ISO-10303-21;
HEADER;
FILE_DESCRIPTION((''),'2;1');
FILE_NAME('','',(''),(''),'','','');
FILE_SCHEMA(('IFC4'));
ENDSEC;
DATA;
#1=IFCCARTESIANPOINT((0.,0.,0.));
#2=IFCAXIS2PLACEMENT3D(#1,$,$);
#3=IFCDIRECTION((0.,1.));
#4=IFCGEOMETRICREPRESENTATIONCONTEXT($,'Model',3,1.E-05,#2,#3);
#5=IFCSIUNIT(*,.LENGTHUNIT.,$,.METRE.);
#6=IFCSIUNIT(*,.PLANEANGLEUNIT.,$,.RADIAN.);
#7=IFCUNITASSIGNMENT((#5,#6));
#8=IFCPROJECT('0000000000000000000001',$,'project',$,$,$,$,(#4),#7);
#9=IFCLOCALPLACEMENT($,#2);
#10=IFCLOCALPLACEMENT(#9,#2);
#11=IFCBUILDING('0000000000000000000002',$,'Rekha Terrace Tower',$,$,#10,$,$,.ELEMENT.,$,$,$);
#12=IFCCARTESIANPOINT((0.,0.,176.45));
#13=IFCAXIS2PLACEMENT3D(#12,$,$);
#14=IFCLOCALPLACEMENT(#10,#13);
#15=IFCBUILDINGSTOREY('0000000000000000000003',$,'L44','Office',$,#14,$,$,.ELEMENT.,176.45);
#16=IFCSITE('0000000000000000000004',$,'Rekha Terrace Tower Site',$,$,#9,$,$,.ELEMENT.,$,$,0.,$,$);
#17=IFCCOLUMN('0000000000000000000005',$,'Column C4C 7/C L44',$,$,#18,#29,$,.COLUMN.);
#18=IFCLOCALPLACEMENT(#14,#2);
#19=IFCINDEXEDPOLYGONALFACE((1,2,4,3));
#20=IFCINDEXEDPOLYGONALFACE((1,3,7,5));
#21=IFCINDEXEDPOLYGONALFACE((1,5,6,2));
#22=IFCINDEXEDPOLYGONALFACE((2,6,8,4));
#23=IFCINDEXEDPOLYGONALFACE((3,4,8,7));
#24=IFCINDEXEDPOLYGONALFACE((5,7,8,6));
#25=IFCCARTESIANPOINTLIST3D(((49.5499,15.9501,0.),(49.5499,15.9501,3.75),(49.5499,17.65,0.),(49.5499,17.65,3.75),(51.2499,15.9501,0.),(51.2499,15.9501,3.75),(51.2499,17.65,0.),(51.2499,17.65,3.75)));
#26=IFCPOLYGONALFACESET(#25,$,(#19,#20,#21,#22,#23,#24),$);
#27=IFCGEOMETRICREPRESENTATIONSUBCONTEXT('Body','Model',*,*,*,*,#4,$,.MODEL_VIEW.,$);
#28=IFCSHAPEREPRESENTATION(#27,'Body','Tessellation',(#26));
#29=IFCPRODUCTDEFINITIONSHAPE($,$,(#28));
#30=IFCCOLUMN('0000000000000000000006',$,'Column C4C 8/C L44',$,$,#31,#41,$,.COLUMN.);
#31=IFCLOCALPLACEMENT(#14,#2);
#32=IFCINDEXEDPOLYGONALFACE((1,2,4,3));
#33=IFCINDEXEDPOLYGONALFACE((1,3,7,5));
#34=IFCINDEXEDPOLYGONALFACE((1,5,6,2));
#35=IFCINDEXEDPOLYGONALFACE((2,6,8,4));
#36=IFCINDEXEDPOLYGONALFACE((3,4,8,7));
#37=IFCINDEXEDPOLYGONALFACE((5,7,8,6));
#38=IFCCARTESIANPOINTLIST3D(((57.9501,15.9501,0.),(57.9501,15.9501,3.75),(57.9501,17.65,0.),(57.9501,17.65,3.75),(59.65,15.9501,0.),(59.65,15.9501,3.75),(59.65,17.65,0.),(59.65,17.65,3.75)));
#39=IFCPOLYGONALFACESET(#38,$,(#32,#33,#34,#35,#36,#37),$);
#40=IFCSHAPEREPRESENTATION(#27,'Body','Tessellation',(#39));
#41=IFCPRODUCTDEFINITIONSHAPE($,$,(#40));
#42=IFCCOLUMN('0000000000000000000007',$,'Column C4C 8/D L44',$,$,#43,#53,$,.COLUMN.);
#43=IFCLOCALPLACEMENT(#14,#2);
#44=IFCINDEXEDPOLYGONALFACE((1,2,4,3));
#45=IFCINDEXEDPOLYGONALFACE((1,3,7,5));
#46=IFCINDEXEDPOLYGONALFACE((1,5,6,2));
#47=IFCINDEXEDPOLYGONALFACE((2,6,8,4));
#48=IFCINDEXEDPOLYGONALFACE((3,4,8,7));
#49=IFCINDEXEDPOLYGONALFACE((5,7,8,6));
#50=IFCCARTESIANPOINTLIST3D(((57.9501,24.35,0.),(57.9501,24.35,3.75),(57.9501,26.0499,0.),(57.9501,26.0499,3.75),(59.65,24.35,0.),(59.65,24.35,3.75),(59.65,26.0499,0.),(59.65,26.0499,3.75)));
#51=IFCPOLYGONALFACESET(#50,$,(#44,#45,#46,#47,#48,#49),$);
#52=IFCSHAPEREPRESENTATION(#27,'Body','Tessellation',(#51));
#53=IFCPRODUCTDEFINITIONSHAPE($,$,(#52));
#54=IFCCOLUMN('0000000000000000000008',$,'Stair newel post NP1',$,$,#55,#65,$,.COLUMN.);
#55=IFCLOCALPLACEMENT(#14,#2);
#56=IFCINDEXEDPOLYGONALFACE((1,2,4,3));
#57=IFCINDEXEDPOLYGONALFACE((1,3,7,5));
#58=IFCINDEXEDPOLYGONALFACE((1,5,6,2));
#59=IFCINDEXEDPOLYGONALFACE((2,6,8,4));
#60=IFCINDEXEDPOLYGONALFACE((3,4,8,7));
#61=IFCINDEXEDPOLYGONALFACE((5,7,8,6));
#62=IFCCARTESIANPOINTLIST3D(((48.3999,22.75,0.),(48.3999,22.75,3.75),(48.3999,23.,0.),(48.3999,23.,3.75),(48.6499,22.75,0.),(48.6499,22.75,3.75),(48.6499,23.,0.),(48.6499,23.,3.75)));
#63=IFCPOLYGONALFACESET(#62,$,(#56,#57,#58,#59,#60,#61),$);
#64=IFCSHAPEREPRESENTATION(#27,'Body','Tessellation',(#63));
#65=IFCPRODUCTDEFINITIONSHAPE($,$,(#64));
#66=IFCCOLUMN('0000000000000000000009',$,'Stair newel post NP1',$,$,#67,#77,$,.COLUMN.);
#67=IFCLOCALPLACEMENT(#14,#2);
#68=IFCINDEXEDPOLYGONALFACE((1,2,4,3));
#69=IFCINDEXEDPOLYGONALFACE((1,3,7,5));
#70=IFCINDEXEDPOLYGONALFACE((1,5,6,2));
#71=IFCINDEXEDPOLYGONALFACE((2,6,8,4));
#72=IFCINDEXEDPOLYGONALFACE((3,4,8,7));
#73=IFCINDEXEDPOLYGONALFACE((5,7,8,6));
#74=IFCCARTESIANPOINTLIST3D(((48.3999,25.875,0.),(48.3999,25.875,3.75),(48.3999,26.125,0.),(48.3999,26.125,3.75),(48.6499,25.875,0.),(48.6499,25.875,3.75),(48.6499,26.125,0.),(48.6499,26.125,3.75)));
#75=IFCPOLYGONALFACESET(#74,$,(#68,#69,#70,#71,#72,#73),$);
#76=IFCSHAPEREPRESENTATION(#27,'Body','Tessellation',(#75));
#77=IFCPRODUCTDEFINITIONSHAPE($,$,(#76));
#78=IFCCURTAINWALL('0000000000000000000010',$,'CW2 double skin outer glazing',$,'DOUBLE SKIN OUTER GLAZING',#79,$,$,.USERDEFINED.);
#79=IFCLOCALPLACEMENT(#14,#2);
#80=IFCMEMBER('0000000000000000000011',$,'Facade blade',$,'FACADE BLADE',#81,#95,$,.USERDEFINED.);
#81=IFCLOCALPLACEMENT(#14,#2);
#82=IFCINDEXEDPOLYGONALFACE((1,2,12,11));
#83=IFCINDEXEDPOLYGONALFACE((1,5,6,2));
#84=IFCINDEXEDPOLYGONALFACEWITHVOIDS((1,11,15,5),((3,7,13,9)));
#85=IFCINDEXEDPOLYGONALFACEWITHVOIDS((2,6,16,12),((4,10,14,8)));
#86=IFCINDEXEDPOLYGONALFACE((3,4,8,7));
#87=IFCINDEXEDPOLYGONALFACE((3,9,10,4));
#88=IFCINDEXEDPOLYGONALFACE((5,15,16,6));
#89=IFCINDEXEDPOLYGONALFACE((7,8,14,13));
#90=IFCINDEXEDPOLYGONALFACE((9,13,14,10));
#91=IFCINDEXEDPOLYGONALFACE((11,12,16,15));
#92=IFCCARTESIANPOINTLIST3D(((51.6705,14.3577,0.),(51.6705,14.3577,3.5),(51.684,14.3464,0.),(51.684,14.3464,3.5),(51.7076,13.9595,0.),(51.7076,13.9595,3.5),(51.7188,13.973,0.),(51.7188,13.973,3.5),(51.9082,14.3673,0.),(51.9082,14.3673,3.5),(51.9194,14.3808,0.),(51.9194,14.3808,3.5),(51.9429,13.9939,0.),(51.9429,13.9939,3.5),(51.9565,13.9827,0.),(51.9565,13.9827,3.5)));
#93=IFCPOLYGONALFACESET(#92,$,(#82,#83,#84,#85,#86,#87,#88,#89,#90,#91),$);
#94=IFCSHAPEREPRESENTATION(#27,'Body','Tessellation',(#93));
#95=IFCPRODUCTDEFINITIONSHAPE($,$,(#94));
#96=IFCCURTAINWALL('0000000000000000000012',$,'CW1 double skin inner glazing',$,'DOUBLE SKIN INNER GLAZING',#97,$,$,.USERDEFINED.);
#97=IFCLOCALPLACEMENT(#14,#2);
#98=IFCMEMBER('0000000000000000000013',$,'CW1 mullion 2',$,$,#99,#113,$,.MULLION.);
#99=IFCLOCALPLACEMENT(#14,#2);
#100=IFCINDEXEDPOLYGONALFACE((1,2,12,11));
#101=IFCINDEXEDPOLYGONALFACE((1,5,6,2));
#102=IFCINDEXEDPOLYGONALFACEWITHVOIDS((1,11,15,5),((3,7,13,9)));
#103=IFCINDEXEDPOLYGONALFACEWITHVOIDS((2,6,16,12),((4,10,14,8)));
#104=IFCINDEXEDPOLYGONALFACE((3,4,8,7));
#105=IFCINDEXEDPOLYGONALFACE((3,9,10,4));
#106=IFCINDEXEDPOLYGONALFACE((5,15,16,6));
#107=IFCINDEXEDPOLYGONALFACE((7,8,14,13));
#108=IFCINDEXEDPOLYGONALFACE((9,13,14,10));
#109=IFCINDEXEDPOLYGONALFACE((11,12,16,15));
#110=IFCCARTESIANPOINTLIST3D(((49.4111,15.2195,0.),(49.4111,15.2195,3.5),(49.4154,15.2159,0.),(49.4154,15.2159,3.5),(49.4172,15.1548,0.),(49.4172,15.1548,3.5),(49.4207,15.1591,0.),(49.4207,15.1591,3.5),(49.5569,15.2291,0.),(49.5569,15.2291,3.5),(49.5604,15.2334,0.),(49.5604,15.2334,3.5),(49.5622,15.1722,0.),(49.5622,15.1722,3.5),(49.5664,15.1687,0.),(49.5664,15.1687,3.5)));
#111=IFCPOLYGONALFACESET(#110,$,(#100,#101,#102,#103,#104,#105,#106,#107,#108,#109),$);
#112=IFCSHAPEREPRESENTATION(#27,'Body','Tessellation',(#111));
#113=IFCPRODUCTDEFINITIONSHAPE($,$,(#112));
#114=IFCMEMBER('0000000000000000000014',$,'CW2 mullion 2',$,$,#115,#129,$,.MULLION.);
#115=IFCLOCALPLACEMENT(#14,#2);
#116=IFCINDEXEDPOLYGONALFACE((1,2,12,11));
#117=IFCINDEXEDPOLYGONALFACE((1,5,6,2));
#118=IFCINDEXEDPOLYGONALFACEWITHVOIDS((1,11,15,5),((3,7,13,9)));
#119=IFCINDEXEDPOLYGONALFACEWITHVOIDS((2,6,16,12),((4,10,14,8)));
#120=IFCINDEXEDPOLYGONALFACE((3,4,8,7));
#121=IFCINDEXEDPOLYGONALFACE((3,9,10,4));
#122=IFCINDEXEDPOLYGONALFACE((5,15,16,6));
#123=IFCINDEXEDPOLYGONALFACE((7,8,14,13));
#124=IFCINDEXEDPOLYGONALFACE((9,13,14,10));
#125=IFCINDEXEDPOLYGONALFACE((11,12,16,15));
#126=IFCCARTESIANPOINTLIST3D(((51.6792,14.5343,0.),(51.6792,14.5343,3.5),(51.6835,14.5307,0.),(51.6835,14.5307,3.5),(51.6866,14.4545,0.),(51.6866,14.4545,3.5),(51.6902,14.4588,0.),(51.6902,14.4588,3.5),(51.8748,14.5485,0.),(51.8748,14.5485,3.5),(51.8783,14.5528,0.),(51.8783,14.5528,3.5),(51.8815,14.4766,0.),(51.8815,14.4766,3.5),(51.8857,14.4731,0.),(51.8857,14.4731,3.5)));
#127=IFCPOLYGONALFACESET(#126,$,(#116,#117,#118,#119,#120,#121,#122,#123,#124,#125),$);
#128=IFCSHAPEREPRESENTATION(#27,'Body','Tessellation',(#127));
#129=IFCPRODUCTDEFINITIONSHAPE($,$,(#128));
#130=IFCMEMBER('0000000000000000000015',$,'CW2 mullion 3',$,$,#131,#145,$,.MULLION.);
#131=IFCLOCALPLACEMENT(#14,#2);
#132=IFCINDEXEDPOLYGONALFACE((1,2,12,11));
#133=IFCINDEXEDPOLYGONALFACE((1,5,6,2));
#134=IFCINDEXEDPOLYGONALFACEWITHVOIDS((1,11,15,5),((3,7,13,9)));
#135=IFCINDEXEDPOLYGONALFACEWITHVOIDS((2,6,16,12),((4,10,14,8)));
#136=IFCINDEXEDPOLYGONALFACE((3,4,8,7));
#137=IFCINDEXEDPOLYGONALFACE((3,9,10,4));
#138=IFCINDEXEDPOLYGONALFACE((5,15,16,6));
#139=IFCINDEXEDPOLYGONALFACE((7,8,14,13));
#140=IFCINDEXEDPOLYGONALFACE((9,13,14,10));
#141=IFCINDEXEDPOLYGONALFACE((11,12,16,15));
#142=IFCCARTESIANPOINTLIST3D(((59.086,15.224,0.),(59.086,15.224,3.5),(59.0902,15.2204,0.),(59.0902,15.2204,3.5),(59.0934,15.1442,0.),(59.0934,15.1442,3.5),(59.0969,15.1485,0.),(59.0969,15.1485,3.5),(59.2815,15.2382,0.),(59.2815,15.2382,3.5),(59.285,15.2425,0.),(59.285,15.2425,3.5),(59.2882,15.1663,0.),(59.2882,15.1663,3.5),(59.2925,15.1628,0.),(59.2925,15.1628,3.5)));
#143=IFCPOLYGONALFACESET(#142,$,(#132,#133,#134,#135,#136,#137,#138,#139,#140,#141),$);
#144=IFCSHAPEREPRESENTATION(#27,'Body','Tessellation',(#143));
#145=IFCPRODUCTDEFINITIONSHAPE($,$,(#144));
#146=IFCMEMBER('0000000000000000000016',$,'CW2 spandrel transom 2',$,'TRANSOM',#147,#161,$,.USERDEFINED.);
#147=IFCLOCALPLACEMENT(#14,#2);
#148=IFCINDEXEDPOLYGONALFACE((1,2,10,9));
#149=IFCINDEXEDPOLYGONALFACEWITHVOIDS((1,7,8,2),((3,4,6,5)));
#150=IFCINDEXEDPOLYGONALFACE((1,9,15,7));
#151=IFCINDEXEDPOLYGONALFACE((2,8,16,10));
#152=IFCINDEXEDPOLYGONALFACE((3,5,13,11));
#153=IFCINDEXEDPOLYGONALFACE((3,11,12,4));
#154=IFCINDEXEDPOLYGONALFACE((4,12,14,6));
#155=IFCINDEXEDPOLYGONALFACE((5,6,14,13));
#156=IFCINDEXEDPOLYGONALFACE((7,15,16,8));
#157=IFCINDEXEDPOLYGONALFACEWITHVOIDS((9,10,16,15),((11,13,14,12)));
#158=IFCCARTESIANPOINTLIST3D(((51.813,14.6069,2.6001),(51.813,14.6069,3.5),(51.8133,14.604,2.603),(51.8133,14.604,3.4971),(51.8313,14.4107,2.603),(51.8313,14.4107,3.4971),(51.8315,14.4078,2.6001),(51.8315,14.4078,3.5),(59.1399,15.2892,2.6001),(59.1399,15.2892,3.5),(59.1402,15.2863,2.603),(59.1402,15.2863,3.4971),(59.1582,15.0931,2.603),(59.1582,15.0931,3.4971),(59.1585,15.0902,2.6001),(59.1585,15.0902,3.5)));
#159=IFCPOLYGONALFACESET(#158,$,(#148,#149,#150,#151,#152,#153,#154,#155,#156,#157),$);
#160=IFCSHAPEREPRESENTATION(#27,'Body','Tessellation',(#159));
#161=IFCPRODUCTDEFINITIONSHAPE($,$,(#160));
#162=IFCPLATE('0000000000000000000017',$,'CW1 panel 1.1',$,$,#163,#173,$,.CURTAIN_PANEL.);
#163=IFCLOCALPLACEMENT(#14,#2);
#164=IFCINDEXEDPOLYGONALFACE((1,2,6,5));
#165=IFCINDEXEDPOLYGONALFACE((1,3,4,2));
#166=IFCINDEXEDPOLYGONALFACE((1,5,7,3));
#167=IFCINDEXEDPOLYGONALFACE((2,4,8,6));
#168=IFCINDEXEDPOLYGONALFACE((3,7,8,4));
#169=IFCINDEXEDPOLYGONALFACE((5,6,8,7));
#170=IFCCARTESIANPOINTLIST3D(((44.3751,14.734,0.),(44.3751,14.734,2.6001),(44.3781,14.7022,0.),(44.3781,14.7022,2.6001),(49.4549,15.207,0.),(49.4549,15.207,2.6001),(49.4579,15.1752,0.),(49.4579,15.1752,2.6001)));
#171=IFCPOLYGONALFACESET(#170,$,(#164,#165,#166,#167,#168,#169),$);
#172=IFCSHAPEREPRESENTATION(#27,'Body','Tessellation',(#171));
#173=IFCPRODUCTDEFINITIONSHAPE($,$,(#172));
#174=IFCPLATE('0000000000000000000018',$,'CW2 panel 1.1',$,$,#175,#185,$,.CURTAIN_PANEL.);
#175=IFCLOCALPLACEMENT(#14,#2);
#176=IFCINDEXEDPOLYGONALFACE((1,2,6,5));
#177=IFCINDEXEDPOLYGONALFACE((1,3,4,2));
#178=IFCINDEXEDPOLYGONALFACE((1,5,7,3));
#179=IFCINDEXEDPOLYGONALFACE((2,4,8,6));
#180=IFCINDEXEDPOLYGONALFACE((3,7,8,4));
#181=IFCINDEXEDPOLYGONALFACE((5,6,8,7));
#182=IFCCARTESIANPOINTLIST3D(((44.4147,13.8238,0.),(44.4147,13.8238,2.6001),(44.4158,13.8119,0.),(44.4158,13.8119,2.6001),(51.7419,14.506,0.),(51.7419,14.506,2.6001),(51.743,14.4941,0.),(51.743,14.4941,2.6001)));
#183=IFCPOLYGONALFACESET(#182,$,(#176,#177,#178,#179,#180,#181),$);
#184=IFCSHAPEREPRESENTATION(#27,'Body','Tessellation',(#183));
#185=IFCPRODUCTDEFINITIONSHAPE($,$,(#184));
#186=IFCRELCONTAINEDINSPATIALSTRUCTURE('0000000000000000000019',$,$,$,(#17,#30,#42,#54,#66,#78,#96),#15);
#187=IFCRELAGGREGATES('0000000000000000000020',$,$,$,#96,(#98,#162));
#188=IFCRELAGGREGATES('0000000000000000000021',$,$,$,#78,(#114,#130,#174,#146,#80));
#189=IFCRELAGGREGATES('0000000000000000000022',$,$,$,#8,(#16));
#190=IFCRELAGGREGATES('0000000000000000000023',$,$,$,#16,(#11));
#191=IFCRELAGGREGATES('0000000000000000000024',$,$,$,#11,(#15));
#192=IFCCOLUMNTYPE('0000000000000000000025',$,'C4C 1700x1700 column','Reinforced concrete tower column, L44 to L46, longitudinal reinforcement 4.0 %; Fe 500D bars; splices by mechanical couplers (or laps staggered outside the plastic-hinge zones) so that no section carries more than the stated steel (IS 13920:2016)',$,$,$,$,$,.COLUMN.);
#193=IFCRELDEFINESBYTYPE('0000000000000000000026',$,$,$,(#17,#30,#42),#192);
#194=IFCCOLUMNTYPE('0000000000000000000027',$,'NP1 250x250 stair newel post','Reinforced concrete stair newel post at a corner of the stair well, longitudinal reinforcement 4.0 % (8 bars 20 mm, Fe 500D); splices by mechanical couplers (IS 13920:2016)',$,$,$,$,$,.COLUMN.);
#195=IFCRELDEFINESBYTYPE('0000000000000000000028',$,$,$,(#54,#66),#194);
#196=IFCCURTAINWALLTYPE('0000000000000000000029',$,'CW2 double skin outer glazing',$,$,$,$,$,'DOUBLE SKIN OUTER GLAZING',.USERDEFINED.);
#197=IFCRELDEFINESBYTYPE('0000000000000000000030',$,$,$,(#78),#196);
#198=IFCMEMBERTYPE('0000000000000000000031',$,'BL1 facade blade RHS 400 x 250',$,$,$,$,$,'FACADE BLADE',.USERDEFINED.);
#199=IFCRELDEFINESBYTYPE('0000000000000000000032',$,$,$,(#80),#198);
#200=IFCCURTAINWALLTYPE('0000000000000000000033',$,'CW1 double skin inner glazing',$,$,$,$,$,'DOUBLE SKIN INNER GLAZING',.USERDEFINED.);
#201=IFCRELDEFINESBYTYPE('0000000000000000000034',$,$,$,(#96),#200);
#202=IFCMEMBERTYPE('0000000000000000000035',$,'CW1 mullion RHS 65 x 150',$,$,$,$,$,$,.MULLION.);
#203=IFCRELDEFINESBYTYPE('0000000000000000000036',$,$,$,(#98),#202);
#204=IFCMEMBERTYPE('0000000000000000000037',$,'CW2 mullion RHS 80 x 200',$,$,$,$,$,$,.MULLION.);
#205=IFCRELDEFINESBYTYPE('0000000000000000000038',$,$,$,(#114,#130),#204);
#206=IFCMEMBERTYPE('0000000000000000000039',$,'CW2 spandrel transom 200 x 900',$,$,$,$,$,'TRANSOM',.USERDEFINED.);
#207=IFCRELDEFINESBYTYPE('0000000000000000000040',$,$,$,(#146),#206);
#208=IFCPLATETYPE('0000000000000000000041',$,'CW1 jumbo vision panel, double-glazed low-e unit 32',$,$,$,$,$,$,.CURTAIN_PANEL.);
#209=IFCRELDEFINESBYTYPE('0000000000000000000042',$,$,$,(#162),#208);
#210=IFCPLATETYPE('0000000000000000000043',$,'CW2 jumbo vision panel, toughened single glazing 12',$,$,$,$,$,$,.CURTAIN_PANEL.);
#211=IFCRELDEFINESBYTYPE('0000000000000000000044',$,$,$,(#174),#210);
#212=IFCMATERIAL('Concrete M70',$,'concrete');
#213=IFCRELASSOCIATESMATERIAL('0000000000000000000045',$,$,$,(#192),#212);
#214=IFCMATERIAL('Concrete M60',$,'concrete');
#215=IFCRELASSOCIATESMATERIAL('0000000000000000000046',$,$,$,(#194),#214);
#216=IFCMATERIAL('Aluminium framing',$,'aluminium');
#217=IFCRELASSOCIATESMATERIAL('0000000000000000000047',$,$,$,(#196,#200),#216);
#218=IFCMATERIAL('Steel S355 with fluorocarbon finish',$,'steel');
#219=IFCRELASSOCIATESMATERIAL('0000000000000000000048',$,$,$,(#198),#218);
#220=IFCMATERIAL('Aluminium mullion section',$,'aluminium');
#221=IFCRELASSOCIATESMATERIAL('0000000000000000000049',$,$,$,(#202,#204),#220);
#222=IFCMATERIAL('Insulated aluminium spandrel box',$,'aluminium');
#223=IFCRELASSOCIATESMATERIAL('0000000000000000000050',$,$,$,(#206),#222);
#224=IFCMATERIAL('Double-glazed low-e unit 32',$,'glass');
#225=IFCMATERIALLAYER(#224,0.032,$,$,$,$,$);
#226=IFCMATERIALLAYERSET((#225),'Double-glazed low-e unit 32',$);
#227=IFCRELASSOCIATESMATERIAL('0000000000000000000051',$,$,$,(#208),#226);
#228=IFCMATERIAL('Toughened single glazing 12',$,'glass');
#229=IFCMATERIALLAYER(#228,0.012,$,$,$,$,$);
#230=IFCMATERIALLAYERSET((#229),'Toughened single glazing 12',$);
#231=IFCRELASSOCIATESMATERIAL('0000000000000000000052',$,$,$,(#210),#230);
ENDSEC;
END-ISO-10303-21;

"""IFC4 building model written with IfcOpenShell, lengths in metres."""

from ifc_helpers import new_model, si_unit, direction, frame, origin, origin_2d, place, context, subcontext, project, spatial, rectangle, hollow_rectangle, extrude, material, layer, layer_set, material_profile, profile_set, type_object, element, aggregate, save


model = new_model("IFC4")

# Units and contexts
model_context = context("Model", 3, precision=1e-05, world=origin(), true_north=direction((0.0, 1.0)))
body_context = subcontext(model_context, "Body", "Model", "MODEL_VIEW")
ifc_project = project(units=[si_unit("LENGTHUNIT", "METRE"), si_unit("PLANEANGLEUNIT", "RADIAN")], contexts=[model_context])

# Site, building, storey
site_placement = place(None, origin())
site = spatial("IfcSite", under=ifc_project, at=site_placement, Name="Rekha Terrace Tower Site", CompositionType="ELEMENT", RefElevation=0.0)
building_placement = place(site_placement, origin())
building = spatial("IfcBuilding", under=site, at=building_placement, Name="Rekha Terrace Tower", CompositionType="ELEMENT")
storey_placement = place(building_placement, frame((0.0, 0.0, 176.45)))
storey = spatial("IfcBuildingStorey", under=building, at=storey_placement, Name="L44", Description="Office", CompositionType="ELEMENT", Elevation=176.45)

# Columns
ifc_material_1 = material(Name="Concrete M70", Category="concrete")
ifc_material_profile_1 = material_profile(ifc_material_1, rectangle(XDim=1.7, YDim=1.7, at=origin_2d()), Name="RC 1700x1700")
ifc_profile_set_1 = profile_set([ifc_material_profile_1], Name="Concrete M70")
column_type_1 = type_object("IfcColumnType", Name="C4C 1700x1700 column", Description="Reinforced concrete tower column, L44 to L46, longitudinal reinforcement 4.0 %; Fe 500D bars; splices by mechanical couplers (or laps staggered outside the plastic-hinge zones) so that no section carries more than the stated steel (IS 13920:2016)", PredefinedType="COLUMN", material=ifc_profile_set_1)
for number, where, z_axis, x_axis, name in (
    (1, (50.3999, 16.8, 0.0), (0.0, 0.0, 1.0), (1.0, 0.0, 0.0), "Column C4C 7/C L44"),
    (2, (58.8, 16.8, 0.0), (0.0, 0.0, 1.0), (1.0, 0.0, 0.0), "Column C4C 8/C L44"),
    (3, (58.8, 25.2, 0.0), (0.0, 0.0, 1.0), (1.0, 0.0, 0.0), "Column C4C 8/D L44"),
):
    element("IfcColumn", number, at=place(storey_placement, frame(where, z_axis=z_axis, x_axis=x_axis)), inside=storey, type_object=column_type_1, Name=name, PredefinedType="COLUMN", context=body_context, shape_type="SweptSolid", body=[
        extrude(rectangle(XDim=1.7, YDim=1.7, at=origin_2d()), origin(), (0.0, 0.0, 1.0), 3.75),
    ])
ifc_material_2 = material(Name="Concrete M60", Category="concrete")
ifc_material_profile_2 = material_profile(ifc_material_2, rectangle(XDim=0.25, YDim=0.25, at=origin_2d()), Name="RC 250x250")
ifc_profile_set_2 = profile_set([ifc_material_profile_2], Name="Concrete M60")
column_type_2 = type_object("IfcColumnType", Name="NP1 250x250 stair newel post", Description="Reinforced concrete stair newel post at a corner of the stair well, longitudinal reinforcement 4.0 % (8 bars 20 mm, Fe 500D); splices by mechanical couplers (IS 13920:2016)", PredefinedType="COLUMN", material=ifc_profile_set_2)
for number, where, z_axis, x_axis, name in (
    (4, (48.5249, 22.875, 0.0), (0.0, 0.0, 1.0), (1.0, 0.0, 0.0), "Stair newel post NP1"),
    (5, (48.5249, 26.0, 0.0), (0.0, 0.0, 1.0), (1.0, 0.0, 0.0), "Stair newel post NP1"),
):
    element("IfcColumn", number, at=place(storey_placement, frame(where, z_axis=z_axis, x_axis=x_axis)), inside=storey, type_object=column_type_2, Name=name, PredefinedType="COLUMN", context=body_context, shape_type="SweptSolid", body=[
        extrude(rectangle(XDim=0.25, YDim=0.25, at=origin_2d()), origin(), (0.0, 0.0, 1.0), 3.75),
    ])

# Curtain walls, members
ifc_material_3 = material(Name="Aluminium framing", Category="aluminium")
curtain_wall_type_1 = type_object("IfcCurtainWallType", Name="CW2 double skin outer glazing", ElementType="DOUBLE SKIN OUTER GLAZING", PredefinedType="USERDEFINED", material=ifc_material_3)
curtain_wall_1_placement = place(storey_placement, origin())
curtain_wall_1 = element("IfcCurtainWall", 6, at=curtain_wall_1_placement, inside=storey, type_object=curtain_wall_type_1, Name="CW2 double skin outer glazing", ObjectType="DOUBLE SKIN OUTER GLAZING", PredefinedType="USERDEFINED")
ifc_material_4 = material(Name="Steel S355 with fluorocarbon finish", Category="steel")
ifc_material_profile_3 = material_profile(ifc_material_4, hollow_rectangle(XDim=0.25, YDim=0.3999, WallThickness=0.0125, at=origin_2d()), Name="RHS400x250x12.5")
ifc_profile_set_3 = profile_set([ifc_material_profile_3], Name="Steel S355 with fluorocarbon finish")
member_type_1 = type_object("IfcMemberType", Name="BL1 facade blade RHS 400 x 250", ElementType="FACADE BLADE", PredefinedType="USERDEFINED", material=ifc_profile_set_3)
member_1_placement = place(storey_placement, frame((51.8135, 14.1702, 0.0), z_axis=(0.0, 0.0, 1.0), x_axis=(0.995693, 0.092709, 0.0)))
member_1 = element("IfcMember", 7, at=member_1_placement, type_object=member_type_1, Name="Facade blade", ObjectType="FACADE BLADE", PredefinedType="USERDEFINED", context=body_context, shape_type="SweptSolid", body=[
    extrude(hollow_rectangle(XDim=0.25, YDim=0.3999, WallThickness=0.0125, at=origin_2d()), origin(), (0.0, 0.0, 1.0), 3.5),
])
curtain_wall_type_2 = type_object("IfcCurtainWallType", Name="CW1 double skin inner glazing", ElementType="DOUBLE SKIN INNER GLAZING", PredefinedType="USERDEFINED", material=ifc_material_3)
curtain_wall_2_placement = place(storey_placement, origin())
curtain_wall_2 = element("IfcCurtainWall", 8, at=curtain_wall_2_placement, inside=storey, type_object=curtain_wall_type_2, Name="CW1 double skin inner glazing", ObjectType="DOUBLE SKIN INNER GLAZING", PredefinedType="USERDEFINED")
ifc_material_5 = material(Name="Aluminium mullion section", Category="aluminium")
ifc_material_profile_4 = material_profile(ifc_material_5, hollow_rectangle(XDim=0.0649, YDim=0.1499, WallThickness=0.0039, at=origin_2d()), Name="AL RHS 65x150")
ifc_profile_set_4 = profile_set([ifc_material_profile_4], Name="Aluminium mullion section")
member_type_2 = type_object("IfcMemberType", Name="CW1 mullion RHS 65 x 150", PredefinedType="MULLION", material=ifc_profile_set_4)
member_2_placement = place(storey_placement, frame((49.4888, 15.1941, 0.0), z_axis=(0.0, 0.0, 1.0), x_axis=(-0.092709, 0.995693, 0.0)))
member_2 = element("IfcMember", 9, at=member_2_placement, type_object=member_type_2, Name="CW1 mullion 2", PredefinedType="MULLION", context=body_context, shape_type="SweptSolid", body=[
    extrude(hollow_rectangle(XDim=0.0649, YDim=0.1499, WallThickness=0.0039, at=origin_2d()), origin(), (0.0, 0.0, 1.0), 3.5),
])

# Members
ifc_material_profile_5 = material_profile(ifc_material_5, hollow_rectangle(XDim=0.0801, YDim=0.2, WallThickness=0.0039, at=origin_2d()), Name="AL RHS 80x200")
ifc_profile_set_5 = profile_set([ifc_material_profile_5], Name="Aluminium mullion section")
member_type_3 = type_object("IfcMemberType", Name="CW2 mullion RHS 80 x 200", PredefinedType="MULLION", material=ifc_profile_set_5)
member_3_placement = place(storey_placement, frame((51.7825, 14.5037, 0.0), z_axis=(0.0, 0.0, 1.0), x_axis=(-0.092709, 0.995693, 0.0)))
member_3 = element("IfcMember", 10, at=member_3_placement, type_object=member_type_3, Name="CW2 mullion 2", PredefinedType="MULLION", context=body_context, shape_type="SweptSolid", body=[
    extrude(hollow_rectangle(XDim=0.0801, YDim=0.2, WallThickness=0.0039, at=origin_2d()), origin(), (0.0, 0.0, 1.0), 3.5),
])
member_4_placement = place(storey_placement, frame((59.1892, 15.1934, 0.0), z_axis=(0.0, 0.0, 1.0), x_axis=(-0.092709, 0.995693, 0.0)))
member_4 = element("IfcMember", 11, at=member_4_placement, type_object=member_type_3, Name="CW2 mullion 3", PredefinedType="MULLION", context=body_context, shape_type="SweptSolid", body=[
    extrude(hollow_rectangle(XDim=0.0801, YDim=0.2, WallThickness=0.0039, at=origin_2d()), origin(), (0.0, 0.0, 1.0), 3.5),
])
ifc_material_6 = material(Name="Insulated aluminium spandrel box", Category="aluminium")
ifc_material_profile_6 = material_profile(ifc_material_6, hollow_rectangle(XDim=0.2, YDim=0.8999, WallThickness=0.0029, at=origin_2d()), Name="AL SPANDREL BOX 200x900")
ifc_profile_set_6 = profile_set([ifc_material_profile_6], Name="Insulated aluminium spandrel box")
member_type_4 = type_object("IfcMemberType", Name="CW2 spandrel transom 200 x 900", ElementType="TRANSOM", PredefinedType="USERDEFINED", material=ifc_profile_set_6)
member_5_placement = place(storey_placement, frame((51.8223, 14.5073, 3.05), z_axis=(0.995691, 0.092731, 0.0), x_axis=(-0.092731, 0.995691, 0.0)))
member_5 = element("IfcMember", 12, at=member_5_placement, type_object=member_type_4, Name="CW2 spandrel transom 2", ObjectType="TRANSOM", PredefinedType="USERDEFINED", context=body_context, shape_type="SweptSolid", body=[
    extrude(hollow_rectangle(XDim=0.2, YDim=0.8999, WallThickness=0.0029, at=origin_2d()), origin(), (0.0, 0.0, 1.0), 7.3586),
])

# Plates
ifc_material_7 = material(Name="Double-glazed low-e unit 32", Category="glass")
ifc_layer_1 = layer(ifc_material_7, 0.032)
ifc_layer_set_1 = layer_set([ifc_layer_1], Name="Double-glazed low-e unit 32")
plate_type_1 = type_object("IfcPlateType", Name="CW1 jumbo vision panel, double-glazed low-e unit 32", PredefinedType="CURTAIN_PANEL", material=ifc_layer_set_1)
plate_1_placement = place(storey_placement, frame((46.9165, 14.9546, 0.0), z_axis=(0.0, 0.0, 1.0), x_axis=(0.995693, 0.092709, 0.0)))
plate_1 = element("IfcPlate", 13, at=plate_1_placement, type_object=plate_type_1, Name="CW1 panel 1.1", PredefinedType="CURTAIN_PANEL", context=body_context, shape_type="SweptSolid", body=[
    extrude(rectangle(XDim=5.1018, YDim=0.032, at=origin_2d()), origin(), (0.0, 0.0, 1.0), 2.6001),
])
aggregate(curtain_wall_2, [member_2, plate_1])
ifc_material_8 = material(Name="Toughened single glazing 12", Category="glass")
ifc_layer_2 = layer(ifc_material_8, 0.012)
ifc_layer_set_2 = layer_set([ifc_layer_2], Name="Toughened single glazing 12")
plate_type_2 = type_object("IfcPlateType", Name="CW2 jumbo vision panel, toughened single glazing 12", PredefinedType="CURTAIN_PANEL", material=ifc_layer_set_2)
plate_2_placement = place(storey_placement, frame((48.0789, 14.1589, 0.0), z_axis=(0.0, 0.0, 1.0), x_axis=(0.995693, 0.092709, 0.0)))
plate_2 = element("IfcPlate", 14, at=plate_2_placement, type_object=plate_type_2, Name="CW2 panel 1.1", PredefinedType="CURTAIN_PANEL", context=body_context, shape_type="SweptSolid", body=[
    extrude(rectangle(XDim=7.3589, YDim=0.012, at=origin_2d()), origin(), (0.0, 0.0, 1.0), 2.6001),
])
aggregate(curtain_wall_1, [member_3, member_4, plate_2, member_5, member_1])

save(model, "model.ifc")
